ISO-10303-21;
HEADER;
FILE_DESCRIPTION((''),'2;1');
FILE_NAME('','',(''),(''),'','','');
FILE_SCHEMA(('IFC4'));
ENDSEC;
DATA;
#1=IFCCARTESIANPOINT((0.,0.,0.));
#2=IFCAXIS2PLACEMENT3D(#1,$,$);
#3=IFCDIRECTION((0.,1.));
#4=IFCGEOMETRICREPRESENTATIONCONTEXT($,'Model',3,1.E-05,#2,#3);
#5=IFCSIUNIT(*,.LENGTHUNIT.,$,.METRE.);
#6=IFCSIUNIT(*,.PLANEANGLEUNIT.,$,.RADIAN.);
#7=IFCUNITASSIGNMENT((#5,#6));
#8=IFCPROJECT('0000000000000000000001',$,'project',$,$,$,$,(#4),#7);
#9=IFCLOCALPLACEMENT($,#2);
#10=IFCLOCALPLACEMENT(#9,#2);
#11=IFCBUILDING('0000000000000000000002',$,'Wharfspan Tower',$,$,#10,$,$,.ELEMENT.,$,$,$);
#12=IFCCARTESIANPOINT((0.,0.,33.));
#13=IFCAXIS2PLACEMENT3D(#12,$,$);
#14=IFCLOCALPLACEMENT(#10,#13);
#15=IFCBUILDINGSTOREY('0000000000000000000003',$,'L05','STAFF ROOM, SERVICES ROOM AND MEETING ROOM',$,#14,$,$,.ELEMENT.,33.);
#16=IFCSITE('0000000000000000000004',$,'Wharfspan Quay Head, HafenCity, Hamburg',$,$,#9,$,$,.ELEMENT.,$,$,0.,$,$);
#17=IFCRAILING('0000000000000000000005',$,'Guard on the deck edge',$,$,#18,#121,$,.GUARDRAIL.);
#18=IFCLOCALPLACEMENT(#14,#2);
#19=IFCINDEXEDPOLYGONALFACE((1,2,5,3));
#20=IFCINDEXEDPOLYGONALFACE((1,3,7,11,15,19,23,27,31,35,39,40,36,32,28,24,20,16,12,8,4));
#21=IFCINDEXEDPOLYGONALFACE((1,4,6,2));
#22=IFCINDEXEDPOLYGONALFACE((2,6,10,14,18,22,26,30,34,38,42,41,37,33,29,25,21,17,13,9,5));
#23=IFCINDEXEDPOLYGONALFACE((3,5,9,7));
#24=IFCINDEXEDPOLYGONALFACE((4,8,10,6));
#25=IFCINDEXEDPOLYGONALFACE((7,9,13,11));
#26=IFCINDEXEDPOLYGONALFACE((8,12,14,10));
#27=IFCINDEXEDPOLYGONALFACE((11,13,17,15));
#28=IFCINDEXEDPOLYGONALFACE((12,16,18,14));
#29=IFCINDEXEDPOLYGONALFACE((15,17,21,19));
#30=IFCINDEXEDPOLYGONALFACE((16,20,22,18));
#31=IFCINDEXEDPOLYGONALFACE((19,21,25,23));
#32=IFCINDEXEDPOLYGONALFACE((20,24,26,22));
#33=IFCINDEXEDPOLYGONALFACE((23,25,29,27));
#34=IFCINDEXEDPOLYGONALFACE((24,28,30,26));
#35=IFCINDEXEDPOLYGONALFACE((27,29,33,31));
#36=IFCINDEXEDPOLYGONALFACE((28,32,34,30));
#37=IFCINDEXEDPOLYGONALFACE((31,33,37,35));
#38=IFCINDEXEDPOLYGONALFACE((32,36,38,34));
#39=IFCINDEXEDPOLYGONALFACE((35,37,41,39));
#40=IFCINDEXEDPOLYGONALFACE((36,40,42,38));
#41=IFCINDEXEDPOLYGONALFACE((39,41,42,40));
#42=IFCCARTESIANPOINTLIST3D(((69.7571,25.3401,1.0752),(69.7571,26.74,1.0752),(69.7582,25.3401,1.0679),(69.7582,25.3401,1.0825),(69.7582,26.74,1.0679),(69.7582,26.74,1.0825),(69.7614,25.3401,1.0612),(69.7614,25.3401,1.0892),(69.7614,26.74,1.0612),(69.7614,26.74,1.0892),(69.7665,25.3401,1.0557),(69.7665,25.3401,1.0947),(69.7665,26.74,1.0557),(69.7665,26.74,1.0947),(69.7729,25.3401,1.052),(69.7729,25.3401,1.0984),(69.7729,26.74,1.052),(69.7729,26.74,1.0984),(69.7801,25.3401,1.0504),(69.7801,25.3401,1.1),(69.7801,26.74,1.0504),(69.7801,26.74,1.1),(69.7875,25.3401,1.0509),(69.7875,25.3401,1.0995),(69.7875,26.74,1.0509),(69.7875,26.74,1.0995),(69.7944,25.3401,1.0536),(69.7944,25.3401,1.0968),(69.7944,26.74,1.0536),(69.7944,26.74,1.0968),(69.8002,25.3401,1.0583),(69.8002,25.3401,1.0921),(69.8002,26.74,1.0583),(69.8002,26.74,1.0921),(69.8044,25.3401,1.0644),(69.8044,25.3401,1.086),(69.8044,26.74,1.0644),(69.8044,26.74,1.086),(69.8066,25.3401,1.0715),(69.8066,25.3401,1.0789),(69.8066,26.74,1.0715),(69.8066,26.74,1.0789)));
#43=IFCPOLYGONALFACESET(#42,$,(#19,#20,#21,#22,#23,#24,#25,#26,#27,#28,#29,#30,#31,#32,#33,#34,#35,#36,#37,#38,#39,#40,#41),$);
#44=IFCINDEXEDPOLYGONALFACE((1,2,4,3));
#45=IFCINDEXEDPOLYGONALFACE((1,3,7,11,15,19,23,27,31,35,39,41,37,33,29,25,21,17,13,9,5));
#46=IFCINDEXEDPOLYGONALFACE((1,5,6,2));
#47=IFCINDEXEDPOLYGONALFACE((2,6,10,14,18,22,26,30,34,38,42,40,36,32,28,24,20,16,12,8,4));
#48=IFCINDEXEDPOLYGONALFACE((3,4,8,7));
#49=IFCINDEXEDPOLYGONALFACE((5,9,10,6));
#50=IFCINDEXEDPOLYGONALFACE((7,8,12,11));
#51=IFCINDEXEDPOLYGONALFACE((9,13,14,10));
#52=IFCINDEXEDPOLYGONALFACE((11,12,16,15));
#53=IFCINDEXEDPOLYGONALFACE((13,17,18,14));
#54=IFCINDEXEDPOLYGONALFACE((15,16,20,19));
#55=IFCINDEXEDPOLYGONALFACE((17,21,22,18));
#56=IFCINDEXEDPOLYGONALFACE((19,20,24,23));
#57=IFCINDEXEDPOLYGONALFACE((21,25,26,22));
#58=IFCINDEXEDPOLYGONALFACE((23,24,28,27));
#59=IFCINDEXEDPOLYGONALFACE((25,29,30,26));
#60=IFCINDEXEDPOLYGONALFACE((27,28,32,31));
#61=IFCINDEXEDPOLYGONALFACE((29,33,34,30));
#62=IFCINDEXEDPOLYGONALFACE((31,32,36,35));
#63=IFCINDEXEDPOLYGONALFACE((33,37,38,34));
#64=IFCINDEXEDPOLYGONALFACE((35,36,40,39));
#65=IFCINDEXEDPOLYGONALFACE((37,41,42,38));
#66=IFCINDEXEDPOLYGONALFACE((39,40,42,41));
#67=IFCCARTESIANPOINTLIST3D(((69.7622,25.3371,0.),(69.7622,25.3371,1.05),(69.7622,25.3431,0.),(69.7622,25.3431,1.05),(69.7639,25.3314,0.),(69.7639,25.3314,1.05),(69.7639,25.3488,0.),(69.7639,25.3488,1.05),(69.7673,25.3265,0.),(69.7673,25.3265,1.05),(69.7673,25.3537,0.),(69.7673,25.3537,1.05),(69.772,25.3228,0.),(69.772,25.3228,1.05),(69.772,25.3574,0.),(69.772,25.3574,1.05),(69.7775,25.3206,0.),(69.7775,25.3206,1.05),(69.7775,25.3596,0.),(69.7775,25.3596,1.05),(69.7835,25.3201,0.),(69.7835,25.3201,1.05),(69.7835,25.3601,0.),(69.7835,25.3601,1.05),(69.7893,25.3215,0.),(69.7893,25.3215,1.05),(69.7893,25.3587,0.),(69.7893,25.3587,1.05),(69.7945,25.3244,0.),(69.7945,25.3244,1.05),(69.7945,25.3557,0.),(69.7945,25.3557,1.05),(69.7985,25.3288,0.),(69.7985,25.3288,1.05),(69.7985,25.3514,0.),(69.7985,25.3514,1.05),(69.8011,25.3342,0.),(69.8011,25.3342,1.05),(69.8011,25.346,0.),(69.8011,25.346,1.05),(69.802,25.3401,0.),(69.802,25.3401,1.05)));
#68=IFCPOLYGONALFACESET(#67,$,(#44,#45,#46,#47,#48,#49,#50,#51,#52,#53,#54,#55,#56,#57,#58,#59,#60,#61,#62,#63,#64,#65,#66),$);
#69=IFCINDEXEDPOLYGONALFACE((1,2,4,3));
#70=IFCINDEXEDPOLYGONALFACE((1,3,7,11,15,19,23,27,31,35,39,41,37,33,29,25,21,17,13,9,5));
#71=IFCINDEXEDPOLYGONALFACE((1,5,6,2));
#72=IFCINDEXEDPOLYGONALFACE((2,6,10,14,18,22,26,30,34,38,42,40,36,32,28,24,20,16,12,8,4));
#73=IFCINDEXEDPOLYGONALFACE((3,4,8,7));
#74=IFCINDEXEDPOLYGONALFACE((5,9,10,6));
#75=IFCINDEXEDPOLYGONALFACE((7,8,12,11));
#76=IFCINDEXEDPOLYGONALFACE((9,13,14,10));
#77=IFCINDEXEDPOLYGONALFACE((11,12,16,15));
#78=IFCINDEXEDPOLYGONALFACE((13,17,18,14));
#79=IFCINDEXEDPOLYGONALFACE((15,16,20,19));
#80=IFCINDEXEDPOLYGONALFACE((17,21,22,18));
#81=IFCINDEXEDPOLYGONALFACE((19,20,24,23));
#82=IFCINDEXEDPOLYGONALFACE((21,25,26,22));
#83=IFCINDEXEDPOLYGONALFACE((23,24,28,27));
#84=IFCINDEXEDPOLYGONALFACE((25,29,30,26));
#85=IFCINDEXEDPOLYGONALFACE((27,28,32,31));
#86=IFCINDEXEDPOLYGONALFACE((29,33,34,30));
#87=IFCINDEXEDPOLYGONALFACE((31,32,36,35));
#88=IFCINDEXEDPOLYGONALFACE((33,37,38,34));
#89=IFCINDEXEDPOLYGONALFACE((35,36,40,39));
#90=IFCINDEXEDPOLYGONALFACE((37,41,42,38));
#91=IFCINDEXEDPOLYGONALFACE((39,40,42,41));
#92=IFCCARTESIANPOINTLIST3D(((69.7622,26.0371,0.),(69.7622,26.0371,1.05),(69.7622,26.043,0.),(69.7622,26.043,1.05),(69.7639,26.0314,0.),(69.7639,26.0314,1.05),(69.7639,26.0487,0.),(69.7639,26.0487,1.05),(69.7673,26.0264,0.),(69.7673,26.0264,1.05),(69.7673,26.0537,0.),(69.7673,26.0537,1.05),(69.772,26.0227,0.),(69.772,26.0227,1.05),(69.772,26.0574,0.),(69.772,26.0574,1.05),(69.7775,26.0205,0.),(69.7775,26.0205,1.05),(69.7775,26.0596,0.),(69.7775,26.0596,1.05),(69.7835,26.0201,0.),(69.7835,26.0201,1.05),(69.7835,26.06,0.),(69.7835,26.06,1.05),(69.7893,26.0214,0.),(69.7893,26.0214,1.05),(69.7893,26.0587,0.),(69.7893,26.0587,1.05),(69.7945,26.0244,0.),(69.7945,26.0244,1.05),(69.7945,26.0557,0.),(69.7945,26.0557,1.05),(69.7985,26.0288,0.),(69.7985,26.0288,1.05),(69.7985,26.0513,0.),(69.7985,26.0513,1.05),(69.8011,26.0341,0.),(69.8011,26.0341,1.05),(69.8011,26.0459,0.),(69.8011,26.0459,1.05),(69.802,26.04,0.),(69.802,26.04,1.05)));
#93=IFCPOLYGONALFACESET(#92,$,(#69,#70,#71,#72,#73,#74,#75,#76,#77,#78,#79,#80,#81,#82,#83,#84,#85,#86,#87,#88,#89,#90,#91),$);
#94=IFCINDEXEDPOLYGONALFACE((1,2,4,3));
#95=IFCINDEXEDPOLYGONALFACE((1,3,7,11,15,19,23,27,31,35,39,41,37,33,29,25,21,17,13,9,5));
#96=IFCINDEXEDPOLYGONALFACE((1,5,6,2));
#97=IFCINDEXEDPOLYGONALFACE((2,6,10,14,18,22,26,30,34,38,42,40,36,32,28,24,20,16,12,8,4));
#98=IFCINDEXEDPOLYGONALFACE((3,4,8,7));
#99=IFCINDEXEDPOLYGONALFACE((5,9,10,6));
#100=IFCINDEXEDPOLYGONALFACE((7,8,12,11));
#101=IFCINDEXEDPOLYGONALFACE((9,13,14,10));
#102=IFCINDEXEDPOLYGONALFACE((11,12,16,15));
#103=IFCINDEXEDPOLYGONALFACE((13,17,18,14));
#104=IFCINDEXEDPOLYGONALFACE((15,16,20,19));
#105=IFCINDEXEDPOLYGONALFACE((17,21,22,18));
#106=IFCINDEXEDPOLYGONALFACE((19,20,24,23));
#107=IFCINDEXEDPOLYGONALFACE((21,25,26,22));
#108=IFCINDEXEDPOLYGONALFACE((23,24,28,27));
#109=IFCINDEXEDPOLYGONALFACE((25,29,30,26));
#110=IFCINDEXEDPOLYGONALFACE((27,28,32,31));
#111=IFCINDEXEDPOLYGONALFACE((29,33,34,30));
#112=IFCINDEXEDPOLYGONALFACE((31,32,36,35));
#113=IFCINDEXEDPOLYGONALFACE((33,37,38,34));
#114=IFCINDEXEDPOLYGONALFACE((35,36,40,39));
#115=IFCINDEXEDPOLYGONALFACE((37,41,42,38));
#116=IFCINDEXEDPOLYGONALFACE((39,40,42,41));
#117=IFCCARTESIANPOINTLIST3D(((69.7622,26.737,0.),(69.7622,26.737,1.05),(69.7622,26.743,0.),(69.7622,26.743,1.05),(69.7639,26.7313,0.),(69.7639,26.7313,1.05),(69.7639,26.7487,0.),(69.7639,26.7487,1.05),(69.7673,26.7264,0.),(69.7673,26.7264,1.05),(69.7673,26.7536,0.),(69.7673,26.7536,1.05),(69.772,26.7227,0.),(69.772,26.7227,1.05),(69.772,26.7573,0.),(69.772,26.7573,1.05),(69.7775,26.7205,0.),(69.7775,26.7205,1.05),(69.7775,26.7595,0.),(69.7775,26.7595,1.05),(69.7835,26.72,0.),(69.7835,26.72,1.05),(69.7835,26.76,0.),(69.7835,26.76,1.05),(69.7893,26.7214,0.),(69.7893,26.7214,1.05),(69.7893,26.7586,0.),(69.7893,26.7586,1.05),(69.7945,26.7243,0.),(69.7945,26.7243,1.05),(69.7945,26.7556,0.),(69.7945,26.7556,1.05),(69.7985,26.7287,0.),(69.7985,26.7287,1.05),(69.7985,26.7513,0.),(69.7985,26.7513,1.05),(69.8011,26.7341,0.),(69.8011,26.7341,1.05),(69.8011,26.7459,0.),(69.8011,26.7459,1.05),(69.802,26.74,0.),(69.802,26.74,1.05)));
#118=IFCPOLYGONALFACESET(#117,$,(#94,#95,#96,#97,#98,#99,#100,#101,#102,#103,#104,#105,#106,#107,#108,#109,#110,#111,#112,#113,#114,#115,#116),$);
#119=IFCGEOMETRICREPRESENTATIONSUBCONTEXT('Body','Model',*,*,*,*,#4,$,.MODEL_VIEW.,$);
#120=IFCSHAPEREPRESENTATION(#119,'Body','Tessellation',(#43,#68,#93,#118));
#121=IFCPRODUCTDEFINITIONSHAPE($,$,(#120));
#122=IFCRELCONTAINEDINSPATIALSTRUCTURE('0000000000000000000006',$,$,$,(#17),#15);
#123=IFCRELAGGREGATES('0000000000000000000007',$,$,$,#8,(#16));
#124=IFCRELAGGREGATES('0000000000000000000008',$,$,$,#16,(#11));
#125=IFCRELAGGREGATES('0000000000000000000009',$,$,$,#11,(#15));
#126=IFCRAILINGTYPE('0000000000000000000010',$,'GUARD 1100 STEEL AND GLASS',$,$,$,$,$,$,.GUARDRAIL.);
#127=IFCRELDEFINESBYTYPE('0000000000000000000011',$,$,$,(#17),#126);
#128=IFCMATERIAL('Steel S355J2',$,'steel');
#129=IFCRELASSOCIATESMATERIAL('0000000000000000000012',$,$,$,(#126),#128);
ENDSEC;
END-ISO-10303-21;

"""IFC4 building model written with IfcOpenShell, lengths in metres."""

from ifc_helpers import new_model, si_unit, direction, frame, origin, origin_2d, place, context, subcontext, project, spatial, circle, extrude, material, type_object, element, save


model = new_model("IFC4")

# Units and contexts
model_context = context("Model", 3, precision=1e-05, world=origin(), true_north=direction((0.0, 1.0)))
body_context = subcontext(model_context, "Body", "Model", "MODEL_VIEW")
ifc_project = project(units=[si_unit("LENGTHUNIT", "METRE"), si_unit("PLANEANGLEUNIT", "RADIAN")], contexts=[model_context])

# Site, building, storey
site_placement = place(None, origin())
site = spatial("IfcSite", under=ifc_project, at=site_placement, Name="Wharfspan Quay Head, HafenCity, Hamburg", CompositionType="ELEMENT", RefElevation=0.0)
building_placement = place(site_placement, origin())
building = spatial("IfcBuilding", under=site, at=building_placement, Name="Wharfspan Tower", CompositionType="ELEMENT")
storey_placement = place(building_placement, frame((0.0, 0.0, 33.0)))
storey = spatial("IfcBuildingStorey", under=building, at=storey_placement, Name="L05", Description="STAFF ROOM, SERVICES ROOM AND MEETING ROOM", CompositionType="ELEMENT", Elevation=33.0)

# Railing
ifc_material_1 = material(Name="Steel S355J2", Category="steel")
railing_type_1 = type_object("IfcRailingType", Name="GUARD 1100 STEEL AND GLASS", PredefinedType="GUARDRAIL", material=ifc_material_1)
railing_1_placement = place(storey_placement, frame((69.782, 25.3401, 0.0)))
element("IfcRailing", 1, at=railing_1_placement, inside=storey, type_object=railing_type_1, Name="Guard on the deck edge", PredefinedType="GUARDRAIL", context=body_context, shape_type="SweptSolid", body=[
    extrude(circle(Radius=0.0249, at=origin_2d()), frame((0.0, 0.0, 1.0752), z_axis=(0.0, 1.0, 0.0), x_axis=(-1.0, 0.0, 0.0)), (0.0, 0.0, 1.0), 1.3999),
    extrude(circle(Radius=0.02, at=origin_2d()), origin(), (0.0, 0.0, 1.0), 1.05),
    extrude(circle(Radius=0.02, at=origin_2d()), frame((0.0, 0.7, 0.0)), (0.0, 0.0, 1.0), 1.05),
    extrude(circle(Radius=0.02, at=origin_2d()), frame((0.0, 1.3999, 0.0)), (0.0, 0.0, 1.0), 1.05),
])

save(model, "model.ifc")
